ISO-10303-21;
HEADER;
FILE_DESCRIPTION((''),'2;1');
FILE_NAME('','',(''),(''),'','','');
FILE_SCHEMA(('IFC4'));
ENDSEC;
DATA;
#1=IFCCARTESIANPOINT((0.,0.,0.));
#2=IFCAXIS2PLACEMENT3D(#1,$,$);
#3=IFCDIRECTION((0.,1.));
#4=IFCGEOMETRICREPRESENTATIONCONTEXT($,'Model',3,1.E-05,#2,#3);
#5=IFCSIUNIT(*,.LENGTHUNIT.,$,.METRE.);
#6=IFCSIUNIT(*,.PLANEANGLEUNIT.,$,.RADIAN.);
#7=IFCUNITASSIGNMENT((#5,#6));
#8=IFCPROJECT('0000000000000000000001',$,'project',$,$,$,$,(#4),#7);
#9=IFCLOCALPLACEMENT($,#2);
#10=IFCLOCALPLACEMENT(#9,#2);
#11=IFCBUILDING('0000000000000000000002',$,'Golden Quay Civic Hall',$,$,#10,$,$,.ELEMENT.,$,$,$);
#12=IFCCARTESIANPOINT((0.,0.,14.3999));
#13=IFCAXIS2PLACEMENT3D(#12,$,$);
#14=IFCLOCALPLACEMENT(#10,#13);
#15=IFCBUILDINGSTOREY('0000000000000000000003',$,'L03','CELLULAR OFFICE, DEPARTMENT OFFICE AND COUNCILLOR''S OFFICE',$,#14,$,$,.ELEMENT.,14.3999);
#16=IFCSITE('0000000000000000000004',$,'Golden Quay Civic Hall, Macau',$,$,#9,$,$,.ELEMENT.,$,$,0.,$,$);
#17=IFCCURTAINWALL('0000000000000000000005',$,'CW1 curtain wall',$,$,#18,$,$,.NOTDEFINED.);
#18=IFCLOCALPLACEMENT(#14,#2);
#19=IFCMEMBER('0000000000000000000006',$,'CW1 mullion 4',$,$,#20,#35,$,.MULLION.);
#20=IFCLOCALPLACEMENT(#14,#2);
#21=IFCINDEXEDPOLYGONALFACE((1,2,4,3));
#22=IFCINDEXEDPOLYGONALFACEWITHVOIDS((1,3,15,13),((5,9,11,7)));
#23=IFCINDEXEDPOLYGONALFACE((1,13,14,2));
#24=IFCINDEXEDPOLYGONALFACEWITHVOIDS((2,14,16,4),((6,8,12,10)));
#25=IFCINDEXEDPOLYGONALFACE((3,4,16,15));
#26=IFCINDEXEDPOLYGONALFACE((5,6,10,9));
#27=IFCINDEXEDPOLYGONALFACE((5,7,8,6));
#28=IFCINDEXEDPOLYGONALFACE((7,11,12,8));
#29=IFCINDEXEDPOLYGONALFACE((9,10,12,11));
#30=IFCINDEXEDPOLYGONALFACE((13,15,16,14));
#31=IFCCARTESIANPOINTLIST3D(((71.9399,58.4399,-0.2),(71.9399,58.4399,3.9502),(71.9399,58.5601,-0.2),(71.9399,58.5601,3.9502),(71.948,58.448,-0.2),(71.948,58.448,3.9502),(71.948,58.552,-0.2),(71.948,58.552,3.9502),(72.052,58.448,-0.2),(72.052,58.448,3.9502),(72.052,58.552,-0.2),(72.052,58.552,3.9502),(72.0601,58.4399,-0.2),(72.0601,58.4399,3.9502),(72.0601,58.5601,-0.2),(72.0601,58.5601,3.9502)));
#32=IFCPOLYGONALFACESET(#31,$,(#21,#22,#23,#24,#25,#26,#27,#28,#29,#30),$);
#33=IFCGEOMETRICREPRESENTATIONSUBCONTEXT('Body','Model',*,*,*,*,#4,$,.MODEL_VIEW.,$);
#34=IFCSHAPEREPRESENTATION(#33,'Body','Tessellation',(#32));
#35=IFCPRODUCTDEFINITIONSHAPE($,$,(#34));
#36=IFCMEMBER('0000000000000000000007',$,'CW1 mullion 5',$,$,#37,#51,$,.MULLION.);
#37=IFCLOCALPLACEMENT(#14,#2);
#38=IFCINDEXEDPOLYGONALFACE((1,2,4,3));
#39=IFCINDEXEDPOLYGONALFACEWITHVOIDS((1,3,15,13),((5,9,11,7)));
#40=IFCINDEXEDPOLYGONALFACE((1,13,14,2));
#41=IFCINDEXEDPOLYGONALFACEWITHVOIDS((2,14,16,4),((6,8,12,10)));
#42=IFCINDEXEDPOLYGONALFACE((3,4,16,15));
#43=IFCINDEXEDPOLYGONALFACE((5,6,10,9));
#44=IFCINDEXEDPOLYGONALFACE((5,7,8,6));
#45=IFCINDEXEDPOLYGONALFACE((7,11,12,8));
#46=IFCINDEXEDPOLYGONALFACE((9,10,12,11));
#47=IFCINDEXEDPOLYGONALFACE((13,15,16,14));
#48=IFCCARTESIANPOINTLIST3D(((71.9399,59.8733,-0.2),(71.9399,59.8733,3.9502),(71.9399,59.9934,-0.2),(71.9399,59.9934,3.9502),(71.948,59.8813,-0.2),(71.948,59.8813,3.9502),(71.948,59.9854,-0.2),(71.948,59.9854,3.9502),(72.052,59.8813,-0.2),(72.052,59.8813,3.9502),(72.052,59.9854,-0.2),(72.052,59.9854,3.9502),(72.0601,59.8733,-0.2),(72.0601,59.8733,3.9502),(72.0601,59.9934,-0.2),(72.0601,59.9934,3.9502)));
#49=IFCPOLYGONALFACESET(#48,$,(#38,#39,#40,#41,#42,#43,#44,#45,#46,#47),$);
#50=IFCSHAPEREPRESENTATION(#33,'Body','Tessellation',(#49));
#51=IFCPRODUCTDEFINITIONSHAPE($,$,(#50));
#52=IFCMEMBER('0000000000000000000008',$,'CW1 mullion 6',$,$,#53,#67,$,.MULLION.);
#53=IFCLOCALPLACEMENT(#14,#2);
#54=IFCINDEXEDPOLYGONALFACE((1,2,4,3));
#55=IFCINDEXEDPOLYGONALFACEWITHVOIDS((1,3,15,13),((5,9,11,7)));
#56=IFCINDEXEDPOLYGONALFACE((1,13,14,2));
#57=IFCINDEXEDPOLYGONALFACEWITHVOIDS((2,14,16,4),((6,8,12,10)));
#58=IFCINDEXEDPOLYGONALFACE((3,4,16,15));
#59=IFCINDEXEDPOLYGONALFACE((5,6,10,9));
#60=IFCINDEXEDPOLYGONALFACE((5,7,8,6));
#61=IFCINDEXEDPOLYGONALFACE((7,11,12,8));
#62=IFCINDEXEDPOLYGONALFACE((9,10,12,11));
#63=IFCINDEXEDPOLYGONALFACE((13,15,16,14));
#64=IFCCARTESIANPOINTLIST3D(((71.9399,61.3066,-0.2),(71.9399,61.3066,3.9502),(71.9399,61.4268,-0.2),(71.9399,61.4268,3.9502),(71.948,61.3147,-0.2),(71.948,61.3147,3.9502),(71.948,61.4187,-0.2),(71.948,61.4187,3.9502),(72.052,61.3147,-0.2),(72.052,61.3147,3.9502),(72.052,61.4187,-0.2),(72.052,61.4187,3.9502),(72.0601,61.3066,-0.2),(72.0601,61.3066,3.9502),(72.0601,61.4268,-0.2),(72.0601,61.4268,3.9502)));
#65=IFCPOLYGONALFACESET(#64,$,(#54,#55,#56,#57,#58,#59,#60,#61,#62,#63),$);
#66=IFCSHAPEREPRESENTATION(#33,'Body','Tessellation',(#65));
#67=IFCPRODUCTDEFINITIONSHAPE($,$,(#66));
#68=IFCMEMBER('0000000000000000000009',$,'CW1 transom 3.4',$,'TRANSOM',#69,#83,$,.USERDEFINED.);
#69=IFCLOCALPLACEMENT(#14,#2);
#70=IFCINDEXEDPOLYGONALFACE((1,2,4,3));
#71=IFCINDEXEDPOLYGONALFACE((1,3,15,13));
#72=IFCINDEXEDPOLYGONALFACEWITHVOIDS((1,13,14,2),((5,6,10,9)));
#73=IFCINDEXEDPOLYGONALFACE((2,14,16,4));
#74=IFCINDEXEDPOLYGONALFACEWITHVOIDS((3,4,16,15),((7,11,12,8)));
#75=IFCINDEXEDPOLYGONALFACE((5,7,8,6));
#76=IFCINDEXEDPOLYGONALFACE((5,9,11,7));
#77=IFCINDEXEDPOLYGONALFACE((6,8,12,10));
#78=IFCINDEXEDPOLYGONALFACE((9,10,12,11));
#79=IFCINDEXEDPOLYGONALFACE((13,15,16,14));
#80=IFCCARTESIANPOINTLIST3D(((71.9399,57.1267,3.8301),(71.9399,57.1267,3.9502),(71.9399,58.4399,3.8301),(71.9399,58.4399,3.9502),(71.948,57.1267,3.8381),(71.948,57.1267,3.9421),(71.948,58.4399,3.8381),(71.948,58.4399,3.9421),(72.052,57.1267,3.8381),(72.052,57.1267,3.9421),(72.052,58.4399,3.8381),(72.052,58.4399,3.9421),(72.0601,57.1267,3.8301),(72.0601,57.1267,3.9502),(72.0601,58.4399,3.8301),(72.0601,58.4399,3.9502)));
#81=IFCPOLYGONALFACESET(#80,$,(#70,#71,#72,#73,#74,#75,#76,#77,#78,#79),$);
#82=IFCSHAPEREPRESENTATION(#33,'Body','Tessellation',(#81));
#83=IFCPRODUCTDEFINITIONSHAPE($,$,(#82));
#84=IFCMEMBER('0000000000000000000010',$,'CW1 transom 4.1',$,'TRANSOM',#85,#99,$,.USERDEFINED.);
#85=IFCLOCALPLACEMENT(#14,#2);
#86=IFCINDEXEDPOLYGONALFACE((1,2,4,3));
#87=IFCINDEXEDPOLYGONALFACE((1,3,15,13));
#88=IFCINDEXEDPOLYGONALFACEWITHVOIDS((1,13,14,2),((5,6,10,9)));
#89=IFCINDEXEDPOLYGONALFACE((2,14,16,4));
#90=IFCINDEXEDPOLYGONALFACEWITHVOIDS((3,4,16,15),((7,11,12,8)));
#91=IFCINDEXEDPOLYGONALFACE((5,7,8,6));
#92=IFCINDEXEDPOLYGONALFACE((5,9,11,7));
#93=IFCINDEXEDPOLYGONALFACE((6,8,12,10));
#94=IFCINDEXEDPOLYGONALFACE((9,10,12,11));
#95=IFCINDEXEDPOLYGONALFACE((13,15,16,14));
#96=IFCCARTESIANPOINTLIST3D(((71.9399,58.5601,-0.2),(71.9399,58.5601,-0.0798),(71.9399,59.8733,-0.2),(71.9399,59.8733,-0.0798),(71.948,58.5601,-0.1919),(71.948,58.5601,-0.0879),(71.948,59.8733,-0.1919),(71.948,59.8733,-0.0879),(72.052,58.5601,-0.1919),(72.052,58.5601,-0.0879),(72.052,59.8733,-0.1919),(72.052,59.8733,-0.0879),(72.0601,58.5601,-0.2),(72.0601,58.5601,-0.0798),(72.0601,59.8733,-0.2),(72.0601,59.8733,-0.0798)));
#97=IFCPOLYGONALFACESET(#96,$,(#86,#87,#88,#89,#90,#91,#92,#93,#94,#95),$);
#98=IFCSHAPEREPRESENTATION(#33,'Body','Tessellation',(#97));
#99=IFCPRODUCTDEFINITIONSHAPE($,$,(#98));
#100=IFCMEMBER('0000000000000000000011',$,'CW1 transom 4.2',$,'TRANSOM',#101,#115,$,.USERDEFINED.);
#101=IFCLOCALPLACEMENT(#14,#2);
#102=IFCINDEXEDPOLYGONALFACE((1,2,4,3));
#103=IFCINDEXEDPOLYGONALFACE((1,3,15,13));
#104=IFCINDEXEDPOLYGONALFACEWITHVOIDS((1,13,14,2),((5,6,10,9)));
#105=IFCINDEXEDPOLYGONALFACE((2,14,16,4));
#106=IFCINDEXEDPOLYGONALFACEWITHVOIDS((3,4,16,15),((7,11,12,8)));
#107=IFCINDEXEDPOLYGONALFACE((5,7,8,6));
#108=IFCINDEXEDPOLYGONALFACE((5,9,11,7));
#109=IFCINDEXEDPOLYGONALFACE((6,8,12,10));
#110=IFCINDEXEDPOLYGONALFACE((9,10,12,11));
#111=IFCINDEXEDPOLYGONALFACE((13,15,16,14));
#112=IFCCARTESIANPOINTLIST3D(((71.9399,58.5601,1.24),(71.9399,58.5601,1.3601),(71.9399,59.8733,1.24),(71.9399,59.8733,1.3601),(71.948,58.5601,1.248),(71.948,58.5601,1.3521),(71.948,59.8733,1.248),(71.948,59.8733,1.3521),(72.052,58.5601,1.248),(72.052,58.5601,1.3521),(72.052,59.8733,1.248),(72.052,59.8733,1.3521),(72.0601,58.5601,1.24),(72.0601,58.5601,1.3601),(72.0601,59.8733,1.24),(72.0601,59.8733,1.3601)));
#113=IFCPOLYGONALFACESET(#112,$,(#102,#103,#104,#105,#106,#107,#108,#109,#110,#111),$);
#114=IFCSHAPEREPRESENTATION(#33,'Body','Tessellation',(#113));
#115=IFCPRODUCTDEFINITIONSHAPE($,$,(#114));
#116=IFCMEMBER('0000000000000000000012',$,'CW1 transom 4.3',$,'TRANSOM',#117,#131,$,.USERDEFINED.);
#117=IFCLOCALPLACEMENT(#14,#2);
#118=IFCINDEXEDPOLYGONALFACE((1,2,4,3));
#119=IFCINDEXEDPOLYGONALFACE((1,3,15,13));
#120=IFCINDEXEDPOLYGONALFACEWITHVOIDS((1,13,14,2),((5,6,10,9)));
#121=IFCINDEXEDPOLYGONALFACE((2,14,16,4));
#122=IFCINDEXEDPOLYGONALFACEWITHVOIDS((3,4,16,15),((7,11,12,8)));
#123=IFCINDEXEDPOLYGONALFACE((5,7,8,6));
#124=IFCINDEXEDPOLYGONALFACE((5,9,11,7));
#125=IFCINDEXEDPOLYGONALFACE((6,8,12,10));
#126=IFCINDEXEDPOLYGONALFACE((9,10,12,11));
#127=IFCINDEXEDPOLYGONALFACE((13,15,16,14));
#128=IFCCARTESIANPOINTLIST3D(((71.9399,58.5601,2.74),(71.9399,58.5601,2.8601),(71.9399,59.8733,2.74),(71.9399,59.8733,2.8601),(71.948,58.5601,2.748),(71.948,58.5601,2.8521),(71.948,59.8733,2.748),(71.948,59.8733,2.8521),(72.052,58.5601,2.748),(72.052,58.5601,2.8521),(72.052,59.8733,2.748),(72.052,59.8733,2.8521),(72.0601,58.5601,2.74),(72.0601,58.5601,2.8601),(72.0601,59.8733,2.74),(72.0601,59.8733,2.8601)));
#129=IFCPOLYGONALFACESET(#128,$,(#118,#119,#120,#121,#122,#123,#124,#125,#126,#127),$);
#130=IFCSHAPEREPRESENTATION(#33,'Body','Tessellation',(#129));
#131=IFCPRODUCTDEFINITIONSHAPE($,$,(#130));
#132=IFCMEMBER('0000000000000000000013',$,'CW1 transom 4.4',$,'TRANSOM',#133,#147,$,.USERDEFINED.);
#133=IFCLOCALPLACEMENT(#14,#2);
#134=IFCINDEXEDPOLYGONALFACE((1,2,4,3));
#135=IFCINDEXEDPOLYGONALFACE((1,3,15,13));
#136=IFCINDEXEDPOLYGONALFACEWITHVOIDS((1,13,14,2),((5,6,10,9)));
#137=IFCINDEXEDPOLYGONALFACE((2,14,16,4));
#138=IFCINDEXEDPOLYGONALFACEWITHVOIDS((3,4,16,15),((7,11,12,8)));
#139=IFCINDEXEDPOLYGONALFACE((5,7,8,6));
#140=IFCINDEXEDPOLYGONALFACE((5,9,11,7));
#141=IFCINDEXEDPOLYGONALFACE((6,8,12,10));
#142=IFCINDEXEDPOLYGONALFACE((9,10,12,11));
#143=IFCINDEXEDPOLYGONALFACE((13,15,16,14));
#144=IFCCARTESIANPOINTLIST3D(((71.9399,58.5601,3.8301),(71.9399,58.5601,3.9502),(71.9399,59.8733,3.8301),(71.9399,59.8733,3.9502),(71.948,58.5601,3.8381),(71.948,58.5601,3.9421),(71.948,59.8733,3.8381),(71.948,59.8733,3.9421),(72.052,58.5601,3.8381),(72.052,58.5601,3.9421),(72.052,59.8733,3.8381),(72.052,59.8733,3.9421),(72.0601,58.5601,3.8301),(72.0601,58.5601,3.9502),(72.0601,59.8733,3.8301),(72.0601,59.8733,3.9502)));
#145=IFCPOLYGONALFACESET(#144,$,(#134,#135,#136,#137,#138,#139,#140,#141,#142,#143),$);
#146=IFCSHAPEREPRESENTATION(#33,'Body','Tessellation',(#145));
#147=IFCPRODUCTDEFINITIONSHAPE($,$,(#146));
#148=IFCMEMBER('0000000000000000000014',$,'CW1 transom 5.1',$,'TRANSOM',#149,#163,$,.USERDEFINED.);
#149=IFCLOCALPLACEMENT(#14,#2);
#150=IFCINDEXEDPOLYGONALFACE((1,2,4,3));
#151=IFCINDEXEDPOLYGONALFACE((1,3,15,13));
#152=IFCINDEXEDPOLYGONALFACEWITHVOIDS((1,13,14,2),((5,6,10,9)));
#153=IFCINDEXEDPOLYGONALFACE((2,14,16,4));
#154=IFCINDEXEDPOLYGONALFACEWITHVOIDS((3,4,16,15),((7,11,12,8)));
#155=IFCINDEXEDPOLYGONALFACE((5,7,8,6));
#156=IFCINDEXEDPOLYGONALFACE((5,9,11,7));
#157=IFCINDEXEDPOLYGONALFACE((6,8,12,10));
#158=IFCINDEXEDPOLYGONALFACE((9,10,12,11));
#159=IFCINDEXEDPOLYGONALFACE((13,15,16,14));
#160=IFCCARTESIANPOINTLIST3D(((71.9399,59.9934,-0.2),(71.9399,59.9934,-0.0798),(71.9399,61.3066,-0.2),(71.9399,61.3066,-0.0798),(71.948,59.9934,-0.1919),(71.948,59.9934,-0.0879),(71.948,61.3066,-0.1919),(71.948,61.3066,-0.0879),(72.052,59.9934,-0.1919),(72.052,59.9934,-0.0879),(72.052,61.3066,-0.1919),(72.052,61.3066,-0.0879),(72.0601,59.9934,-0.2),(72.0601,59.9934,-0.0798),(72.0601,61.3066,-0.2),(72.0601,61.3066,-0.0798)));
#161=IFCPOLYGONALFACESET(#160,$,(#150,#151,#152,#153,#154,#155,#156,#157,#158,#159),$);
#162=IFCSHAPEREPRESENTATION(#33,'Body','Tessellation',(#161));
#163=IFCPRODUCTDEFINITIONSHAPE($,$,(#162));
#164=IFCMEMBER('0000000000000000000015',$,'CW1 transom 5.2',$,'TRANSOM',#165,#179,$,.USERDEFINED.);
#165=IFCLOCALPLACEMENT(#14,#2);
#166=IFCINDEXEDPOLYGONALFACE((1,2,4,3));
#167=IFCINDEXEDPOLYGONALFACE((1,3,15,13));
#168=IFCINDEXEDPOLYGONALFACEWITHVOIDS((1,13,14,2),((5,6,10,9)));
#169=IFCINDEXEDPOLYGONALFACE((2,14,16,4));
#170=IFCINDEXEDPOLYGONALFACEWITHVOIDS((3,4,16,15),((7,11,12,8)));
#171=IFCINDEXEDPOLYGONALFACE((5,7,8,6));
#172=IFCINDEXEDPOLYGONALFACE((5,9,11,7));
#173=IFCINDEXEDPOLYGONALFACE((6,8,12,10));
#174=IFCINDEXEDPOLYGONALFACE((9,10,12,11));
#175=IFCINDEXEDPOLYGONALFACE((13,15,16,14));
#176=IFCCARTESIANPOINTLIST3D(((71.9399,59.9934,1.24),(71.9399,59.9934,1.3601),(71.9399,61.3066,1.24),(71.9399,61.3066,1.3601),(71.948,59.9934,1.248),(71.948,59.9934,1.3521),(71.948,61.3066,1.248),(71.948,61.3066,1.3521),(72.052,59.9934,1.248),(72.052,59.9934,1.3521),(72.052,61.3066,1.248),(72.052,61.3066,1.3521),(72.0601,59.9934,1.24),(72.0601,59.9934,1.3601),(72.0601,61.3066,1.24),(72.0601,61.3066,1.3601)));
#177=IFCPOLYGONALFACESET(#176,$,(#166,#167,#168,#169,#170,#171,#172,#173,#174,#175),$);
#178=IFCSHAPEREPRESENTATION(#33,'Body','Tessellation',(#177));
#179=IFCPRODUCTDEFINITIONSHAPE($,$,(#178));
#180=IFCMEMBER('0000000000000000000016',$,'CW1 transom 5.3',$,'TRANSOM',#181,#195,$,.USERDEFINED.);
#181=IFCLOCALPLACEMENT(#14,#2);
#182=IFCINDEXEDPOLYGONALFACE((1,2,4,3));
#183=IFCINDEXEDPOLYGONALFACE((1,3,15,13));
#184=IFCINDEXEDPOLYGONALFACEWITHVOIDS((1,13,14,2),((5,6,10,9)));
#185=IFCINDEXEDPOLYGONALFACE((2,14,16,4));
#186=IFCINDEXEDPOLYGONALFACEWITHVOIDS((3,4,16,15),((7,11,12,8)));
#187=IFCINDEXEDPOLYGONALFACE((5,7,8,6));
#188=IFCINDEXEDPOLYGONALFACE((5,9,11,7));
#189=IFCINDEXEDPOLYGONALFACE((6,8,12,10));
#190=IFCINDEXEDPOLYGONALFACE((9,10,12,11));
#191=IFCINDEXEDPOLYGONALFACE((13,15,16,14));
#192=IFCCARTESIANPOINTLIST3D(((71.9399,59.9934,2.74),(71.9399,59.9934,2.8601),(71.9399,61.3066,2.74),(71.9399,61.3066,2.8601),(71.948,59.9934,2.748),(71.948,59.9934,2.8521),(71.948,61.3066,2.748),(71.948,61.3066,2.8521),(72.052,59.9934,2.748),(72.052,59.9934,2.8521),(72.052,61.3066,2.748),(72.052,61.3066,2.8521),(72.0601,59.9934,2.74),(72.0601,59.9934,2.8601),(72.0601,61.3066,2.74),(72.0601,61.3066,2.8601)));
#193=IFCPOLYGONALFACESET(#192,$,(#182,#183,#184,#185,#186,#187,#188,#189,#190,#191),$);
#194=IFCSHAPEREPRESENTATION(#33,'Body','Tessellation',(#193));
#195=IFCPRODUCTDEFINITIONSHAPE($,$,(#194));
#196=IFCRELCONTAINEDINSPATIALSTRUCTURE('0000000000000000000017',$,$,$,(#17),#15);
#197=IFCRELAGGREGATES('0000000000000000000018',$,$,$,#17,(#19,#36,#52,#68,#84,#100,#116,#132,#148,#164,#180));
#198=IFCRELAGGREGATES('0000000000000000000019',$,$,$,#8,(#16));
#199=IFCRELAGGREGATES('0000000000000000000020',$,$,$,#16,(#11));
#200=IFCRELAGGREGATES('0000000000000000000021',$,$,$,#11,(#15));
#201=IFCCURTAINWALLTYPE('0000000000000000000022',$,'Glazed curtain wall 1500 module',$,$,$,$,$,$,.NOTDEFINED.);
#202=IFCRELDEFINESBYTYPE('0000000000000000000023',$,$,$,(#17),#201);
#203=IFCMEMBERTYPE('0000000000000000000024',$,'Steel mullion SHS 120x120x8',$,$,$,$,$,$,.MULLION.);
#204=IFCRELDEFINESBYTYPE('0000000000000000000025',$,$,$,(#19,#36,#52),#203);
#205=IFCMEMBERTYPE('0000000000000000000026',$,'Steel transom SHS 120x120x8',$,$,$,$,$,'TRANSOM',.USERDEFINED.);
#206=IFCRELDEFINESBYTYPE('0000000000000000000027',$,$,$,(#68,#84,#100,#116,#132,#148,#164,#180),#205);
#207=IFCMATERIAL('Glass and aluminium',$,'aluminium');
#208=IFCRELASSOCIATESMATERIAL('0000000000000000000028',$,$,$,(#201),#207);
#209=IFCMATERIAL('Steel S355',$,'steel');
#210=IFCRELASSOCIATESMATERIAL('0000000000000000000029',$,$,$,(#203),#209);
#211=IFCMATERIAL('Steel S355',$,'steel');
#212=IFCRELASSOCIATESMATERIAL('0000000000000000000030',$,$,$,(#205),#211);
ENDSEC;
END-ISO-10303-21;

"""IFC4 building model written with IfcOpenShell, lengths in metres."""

from ifc_helpers import new_model, si_unit, direction, frame, origin, origin_2d, place, context, subcontext, project, spatial, hollow_rectangle, extrude, material, material_profile, profile_set, type_object, element, aggregate, save


model = new_model("IFC4")

# Units and contexts
model_context = context("Model", 3, precision=1e-05, world=origin(), true_north=direction((0.0, 1.0)))
body_context = subcontext(model_context, "Body", "Model", "MODEL_VIEW")
ifc_project = project(units=[si_unit("LENGTHUNIT", "METRE"), si_unit("PLANEANGLEUNIT", "RADIAN")], contexts=[model_context])

# Site, building, storey
site_placement = place(None, origin())
site = spatial("IfcSite", under=ifc_project, at=site_placement, Name="Golden Quay Civic Hall, Macau", CompositionType="ELEMENT", RefElevation=0.0)
building_placement = place(site_placement, origin())
building = spatial("IfcBuilding", under=site, at=building_placement, Name="Golden Quay Civic Hall", CompositionType="ELEMENT")
storey_placement = place(building_placement, frame((0.0, 0.0, 14.3999)))
storey = spatial("IfcBuildingStorey", under=building, at=storey_placement, Name="L03", Description="CELLULAR OFFICE, DEPARTMENT OFFICE AND COUNCILLOR'S OFFICE", CompositionType="ELEMENT", Elevation=14.3999)

# Curtain wall, members
ifc_material_1 = material(Name="Glass and aluminium", Category="aluminium")
curtain_wall_type = type_object("IfcCurtainWallType", Name="Glazed curtain wall 1500 module", PredefinedType="NOTDEFINED", material=ifc_material_1)
curtain_wall_placement = place(storey_placement, origin())
curtain_wall = element("IfcCurtainWall", 1, at=curtain_wall_placement, inside=storey, type_object=curtain_wall_type, Name="CW1 curtain wall", PredefinedType="NOTDEFINED")
ifc_material_2 = material(Name="Steel S355", Category="steel")
ifc_material_profile_1 = material_profile(ifc_material_2, hollow_rectangle(XDim=0.1201, YDim=0.1201, WallThickness=0.0081, at=origin_2d()), Name="SHS 120x120x8")
ifc_profile_set_1 = profile_set([ifc_material_profile_1], Name="Steel S355")
member_type_1 = type_object("IfcMemberType", Name="Steel mullion SHS 120x120x8", PredefinedType="MULLION", material=ifc_profile_set_1)
member_1_placement = place(storey_placement, frame((72.0, 58.5, -0.2), z_axis=(0.0, 0.0, 1.0), x_axis=(-1.0, 0.0, 0.0)))
member_1 = element("IfcMember", 2, at=member_1_placement, type_object=member_type_1, Name="CW1 mullion 4", PredefinedType="MULLION", context=body_context, shape_type="SweptSolid", body=[
    extrude(hollow_rectangle(XDim=0.1201, YDim=0.1201, WallThickness=0.0081, at=origin_2d()), origin(), (0.0, 0.0, 1.0), 4.1501),
])
member_2_placement = place(storey_placement, frame((72.0, 59.9333, -0.2), z_axis=(0.0, 0.0, 1.0), x_axis=(-1.0, 0.0, 0.0)))
member_2 = element("IfcMember", 3, at=member_2_placement, type_object=member_type_1, Name="CW1 mullion 5", PredefinedType="MULLION", context=body_context, shape_type="SweptSolid", body=[
    extrude(hollow_rectangle(XDim=0.1201, YDim=0.1201, WallThickness=0.0081, at=origin_2d()), origin(), (0.0, 0.0, 1.0), 4.1501),
])
member_3_placement = place(storey_placement, frame((72.0, 61.3667, -0.2), z_axis=(0.0, 0.0, 1.0), x_axis=(-1.0, 0.0, 0.0)))
member_3 = element("IfcMember", 4, at=member_3_placement, type_object=member_type_1, Name="CW1 mullion 6", PredefinedType="MULLION", context=body_context, shape_type="SweptSolid", body=[
    extrude(hollow_rectangle(XDim=0.1201, YDim=0.1201, WallThickness=0.0081, at=origin_2d()), origin(), (0.0, 0.0, 1.0), 4.1501),
])
ifc_material_3 = material(Name="Steel S355", Category="steel")
ifc_material_profile_2 = material_profile(ifc_material_3, hollow_rectangle(XDim=0.1201, YDim=0.1201, WallThickness=0.0081, at=origin_2d()), Name="SHS 120x120x8")
ifc_profile_set_2 = profile_set([ifc_material_profile_2], Name="Steel S355")
member_type_2 = type_object("IfcMemberType", Name="Steel transom SHS 120x120x8", ElementType="TRANSOM", PredefinedType="USERDEFINED", material=ifc_profile_set_2)
member_4_placement = place(storey_placement, frame((72.0, 57.1267, 3.8901), z_axis=(0.0, 1.0, 0.0), x_axis=(-1.0, 0.0, 0.0)))
member_4 = element("IfcMember", 5, at=member_4_placement, type_object=member_type_2, Name="CW1 transom 3.4", ObjectType="TRANSOM", PredefinedType="USERDEFINED", context=body_context, shape_type="SweptSolid", body=[
    extrude(hollow_rectangle(XDim=0.1201, YDim=0.1201, WallThickness=0.0081, at=origin_2d()), origin(), (0.0, 0.0, 1.0), 1.3132),
])
member_5_placement = place(storey_placement, frame((72.0, 58.5601, -0.1399), z_axis=(0.0, 1.0, 0.0), x_axis=(-1.0, 0.0, 0.0)))
member_5 = element("IfcMember", 6, at=member_5_placement, type_object=member_type_2, Name="CW1 transom 4.1", ObjectType="TRANSOM", PredefinedType="USERDEFINED", context=body_context, shape_type="SweptSolid", body=[
    extrude(hollow_rectangle(XDim=0.1201, YDim=0.1201, WallThickness=0.0081, at=origin_2d()), origin(), (0.0, 0.0, 1.0), 1.3132),
])
member_6_placement = place(storey_placement, frame((72.0, 58.5601, 1.3), z_axis=(0.0, 1.0, 0.0), x_axis=(-1.0, 0.0, 0.0)))
member_6 = element("IfcMember", 7, at=member_6_placement, type_object=member_type_2, Name="CW1 transom 4.2", ObjectType="TRANSOM", PredefinedType="USERDEFINED", context=body_context, shape_type="SweptSolid", body=[
    extrude(hollow_rectangle(XDim=0.1201, YDim=0.1201, WallThickness=0.0081, at=origin_2d()), origin(), (0.0, 0.0, 1.0), 1.3132),
])
member_7_placement = place(storey_placement, frame((72.0, 58.5601, 2.8), z_axis=(0.0, 1.0, 0.0), x_axis=(-1.0, 0.0, 0.0)))
member_7 = element("IfcMember", 8, at=member_7_placement, type_object=member_type_2, Name="CW1 transom 4.3", ObjectType="TRANSOM", PredefinedType="USERDEFINED", context=body_context, shape_type="SweptSolid", body=[
    extrude(hollow_rectangle(XDim=0.1201, YDim=0.1201, WallThickness=0.0081, at=origin_2d()), origin(), (0.0, 0.0, 1.0), 1.3132),
])
member_8_placement = place(storey_placement, frame((72.0, 58.5601, 3.8901), z_axis=(0.0, 1.0, 0.0), x_axis=(-1.0, 0.0, 0.0)))
member_8 = element("IfcMember", 9, at=member_8_placement, type_object=member_type_2, Name="CW1 transom 4.4", ObjectType="TRANSOM", PredefinedType="USERDEFINED", context=body_context, shape_type="SweptSolid", body=[
    extrude(hollow_rectangle(XDim=0.1201, YDim=0.1201, WallThickness=0.0081, at=origin_2d()), origin(), (0.0, 0.0, 1.0), 1.3132),
])
member_9_placement = place(storey_placement, frame((72.0, 59.9934, -0.1399), z_axis=(0.0, 1.0, 0.0), x_axis=(-1.0, 0.0, 0.0)))
member_9 = element("IfcMember", 10, at=member_9_placement, type_object=member_type_2, Name="CW1 transom 5.1", ObjectType="TRANSOM", PredefinedType="USERDEFINED", context=body_context, shape_type="SweptSolid", body=[
    extrude(hollow_rectangle(XDim=0.1201, YDim=0.1201, WallThickness=0.0081, at=origin_2d()), origin(), (0.0, 0.0, 1.0), 1.3132),
])
member_10_placement = place(storey_placement, frame((72.0, 59.9934, 1.3), z_axis=(0.0, 1.0, 0.0), x_axis=(-1.0, 0.0, 0.0)))
member_10 = element("IfcMember", 11, at=member_10_placement, type_object=member_type_2, Name="CW1 transom 5.2", ObjectType="TRANSOM", PredefinedType="USERDEFINED", context=body_context, shape_type="SweptSolid", body=[
    extrude(hollow_rectangle(XDim=0.1201, YDim=0.1201, WallThickness=0.0081, at=origin_2d()), origin(), (0.0, 0.0, 1.0), 1.3132),
])
member_11_placement = place(storey_placement, frame((72.0, 59.9934, 2.8), z_axis=(0.0, 1.0, 0.0), x_axis=(-1.0, 0.0, 0.0)))
member_11 = element("IfcMember", 12, at=member_11_placement, type_object=member_type_2, Name="CW1 transom 5.3", ObjectType="TRANSOM", PredefinedType="USERDEFINED", context=body_context, shape_type="SweptSolid", body=[
    extrude(hollow_rectangle(XDim=0.1201, YDim=0.1201, WallThickness=0.0081, at=origin_2d()), origin(), (0.0, 0.0, 1.0), 1.3132),
])
aggregate(curtain_wall, [member_1, member_2, member_3, member_4, member_5, member_6, member_7, member_8, member_9, member_10, member_11])

save(model, "model.ifc")
